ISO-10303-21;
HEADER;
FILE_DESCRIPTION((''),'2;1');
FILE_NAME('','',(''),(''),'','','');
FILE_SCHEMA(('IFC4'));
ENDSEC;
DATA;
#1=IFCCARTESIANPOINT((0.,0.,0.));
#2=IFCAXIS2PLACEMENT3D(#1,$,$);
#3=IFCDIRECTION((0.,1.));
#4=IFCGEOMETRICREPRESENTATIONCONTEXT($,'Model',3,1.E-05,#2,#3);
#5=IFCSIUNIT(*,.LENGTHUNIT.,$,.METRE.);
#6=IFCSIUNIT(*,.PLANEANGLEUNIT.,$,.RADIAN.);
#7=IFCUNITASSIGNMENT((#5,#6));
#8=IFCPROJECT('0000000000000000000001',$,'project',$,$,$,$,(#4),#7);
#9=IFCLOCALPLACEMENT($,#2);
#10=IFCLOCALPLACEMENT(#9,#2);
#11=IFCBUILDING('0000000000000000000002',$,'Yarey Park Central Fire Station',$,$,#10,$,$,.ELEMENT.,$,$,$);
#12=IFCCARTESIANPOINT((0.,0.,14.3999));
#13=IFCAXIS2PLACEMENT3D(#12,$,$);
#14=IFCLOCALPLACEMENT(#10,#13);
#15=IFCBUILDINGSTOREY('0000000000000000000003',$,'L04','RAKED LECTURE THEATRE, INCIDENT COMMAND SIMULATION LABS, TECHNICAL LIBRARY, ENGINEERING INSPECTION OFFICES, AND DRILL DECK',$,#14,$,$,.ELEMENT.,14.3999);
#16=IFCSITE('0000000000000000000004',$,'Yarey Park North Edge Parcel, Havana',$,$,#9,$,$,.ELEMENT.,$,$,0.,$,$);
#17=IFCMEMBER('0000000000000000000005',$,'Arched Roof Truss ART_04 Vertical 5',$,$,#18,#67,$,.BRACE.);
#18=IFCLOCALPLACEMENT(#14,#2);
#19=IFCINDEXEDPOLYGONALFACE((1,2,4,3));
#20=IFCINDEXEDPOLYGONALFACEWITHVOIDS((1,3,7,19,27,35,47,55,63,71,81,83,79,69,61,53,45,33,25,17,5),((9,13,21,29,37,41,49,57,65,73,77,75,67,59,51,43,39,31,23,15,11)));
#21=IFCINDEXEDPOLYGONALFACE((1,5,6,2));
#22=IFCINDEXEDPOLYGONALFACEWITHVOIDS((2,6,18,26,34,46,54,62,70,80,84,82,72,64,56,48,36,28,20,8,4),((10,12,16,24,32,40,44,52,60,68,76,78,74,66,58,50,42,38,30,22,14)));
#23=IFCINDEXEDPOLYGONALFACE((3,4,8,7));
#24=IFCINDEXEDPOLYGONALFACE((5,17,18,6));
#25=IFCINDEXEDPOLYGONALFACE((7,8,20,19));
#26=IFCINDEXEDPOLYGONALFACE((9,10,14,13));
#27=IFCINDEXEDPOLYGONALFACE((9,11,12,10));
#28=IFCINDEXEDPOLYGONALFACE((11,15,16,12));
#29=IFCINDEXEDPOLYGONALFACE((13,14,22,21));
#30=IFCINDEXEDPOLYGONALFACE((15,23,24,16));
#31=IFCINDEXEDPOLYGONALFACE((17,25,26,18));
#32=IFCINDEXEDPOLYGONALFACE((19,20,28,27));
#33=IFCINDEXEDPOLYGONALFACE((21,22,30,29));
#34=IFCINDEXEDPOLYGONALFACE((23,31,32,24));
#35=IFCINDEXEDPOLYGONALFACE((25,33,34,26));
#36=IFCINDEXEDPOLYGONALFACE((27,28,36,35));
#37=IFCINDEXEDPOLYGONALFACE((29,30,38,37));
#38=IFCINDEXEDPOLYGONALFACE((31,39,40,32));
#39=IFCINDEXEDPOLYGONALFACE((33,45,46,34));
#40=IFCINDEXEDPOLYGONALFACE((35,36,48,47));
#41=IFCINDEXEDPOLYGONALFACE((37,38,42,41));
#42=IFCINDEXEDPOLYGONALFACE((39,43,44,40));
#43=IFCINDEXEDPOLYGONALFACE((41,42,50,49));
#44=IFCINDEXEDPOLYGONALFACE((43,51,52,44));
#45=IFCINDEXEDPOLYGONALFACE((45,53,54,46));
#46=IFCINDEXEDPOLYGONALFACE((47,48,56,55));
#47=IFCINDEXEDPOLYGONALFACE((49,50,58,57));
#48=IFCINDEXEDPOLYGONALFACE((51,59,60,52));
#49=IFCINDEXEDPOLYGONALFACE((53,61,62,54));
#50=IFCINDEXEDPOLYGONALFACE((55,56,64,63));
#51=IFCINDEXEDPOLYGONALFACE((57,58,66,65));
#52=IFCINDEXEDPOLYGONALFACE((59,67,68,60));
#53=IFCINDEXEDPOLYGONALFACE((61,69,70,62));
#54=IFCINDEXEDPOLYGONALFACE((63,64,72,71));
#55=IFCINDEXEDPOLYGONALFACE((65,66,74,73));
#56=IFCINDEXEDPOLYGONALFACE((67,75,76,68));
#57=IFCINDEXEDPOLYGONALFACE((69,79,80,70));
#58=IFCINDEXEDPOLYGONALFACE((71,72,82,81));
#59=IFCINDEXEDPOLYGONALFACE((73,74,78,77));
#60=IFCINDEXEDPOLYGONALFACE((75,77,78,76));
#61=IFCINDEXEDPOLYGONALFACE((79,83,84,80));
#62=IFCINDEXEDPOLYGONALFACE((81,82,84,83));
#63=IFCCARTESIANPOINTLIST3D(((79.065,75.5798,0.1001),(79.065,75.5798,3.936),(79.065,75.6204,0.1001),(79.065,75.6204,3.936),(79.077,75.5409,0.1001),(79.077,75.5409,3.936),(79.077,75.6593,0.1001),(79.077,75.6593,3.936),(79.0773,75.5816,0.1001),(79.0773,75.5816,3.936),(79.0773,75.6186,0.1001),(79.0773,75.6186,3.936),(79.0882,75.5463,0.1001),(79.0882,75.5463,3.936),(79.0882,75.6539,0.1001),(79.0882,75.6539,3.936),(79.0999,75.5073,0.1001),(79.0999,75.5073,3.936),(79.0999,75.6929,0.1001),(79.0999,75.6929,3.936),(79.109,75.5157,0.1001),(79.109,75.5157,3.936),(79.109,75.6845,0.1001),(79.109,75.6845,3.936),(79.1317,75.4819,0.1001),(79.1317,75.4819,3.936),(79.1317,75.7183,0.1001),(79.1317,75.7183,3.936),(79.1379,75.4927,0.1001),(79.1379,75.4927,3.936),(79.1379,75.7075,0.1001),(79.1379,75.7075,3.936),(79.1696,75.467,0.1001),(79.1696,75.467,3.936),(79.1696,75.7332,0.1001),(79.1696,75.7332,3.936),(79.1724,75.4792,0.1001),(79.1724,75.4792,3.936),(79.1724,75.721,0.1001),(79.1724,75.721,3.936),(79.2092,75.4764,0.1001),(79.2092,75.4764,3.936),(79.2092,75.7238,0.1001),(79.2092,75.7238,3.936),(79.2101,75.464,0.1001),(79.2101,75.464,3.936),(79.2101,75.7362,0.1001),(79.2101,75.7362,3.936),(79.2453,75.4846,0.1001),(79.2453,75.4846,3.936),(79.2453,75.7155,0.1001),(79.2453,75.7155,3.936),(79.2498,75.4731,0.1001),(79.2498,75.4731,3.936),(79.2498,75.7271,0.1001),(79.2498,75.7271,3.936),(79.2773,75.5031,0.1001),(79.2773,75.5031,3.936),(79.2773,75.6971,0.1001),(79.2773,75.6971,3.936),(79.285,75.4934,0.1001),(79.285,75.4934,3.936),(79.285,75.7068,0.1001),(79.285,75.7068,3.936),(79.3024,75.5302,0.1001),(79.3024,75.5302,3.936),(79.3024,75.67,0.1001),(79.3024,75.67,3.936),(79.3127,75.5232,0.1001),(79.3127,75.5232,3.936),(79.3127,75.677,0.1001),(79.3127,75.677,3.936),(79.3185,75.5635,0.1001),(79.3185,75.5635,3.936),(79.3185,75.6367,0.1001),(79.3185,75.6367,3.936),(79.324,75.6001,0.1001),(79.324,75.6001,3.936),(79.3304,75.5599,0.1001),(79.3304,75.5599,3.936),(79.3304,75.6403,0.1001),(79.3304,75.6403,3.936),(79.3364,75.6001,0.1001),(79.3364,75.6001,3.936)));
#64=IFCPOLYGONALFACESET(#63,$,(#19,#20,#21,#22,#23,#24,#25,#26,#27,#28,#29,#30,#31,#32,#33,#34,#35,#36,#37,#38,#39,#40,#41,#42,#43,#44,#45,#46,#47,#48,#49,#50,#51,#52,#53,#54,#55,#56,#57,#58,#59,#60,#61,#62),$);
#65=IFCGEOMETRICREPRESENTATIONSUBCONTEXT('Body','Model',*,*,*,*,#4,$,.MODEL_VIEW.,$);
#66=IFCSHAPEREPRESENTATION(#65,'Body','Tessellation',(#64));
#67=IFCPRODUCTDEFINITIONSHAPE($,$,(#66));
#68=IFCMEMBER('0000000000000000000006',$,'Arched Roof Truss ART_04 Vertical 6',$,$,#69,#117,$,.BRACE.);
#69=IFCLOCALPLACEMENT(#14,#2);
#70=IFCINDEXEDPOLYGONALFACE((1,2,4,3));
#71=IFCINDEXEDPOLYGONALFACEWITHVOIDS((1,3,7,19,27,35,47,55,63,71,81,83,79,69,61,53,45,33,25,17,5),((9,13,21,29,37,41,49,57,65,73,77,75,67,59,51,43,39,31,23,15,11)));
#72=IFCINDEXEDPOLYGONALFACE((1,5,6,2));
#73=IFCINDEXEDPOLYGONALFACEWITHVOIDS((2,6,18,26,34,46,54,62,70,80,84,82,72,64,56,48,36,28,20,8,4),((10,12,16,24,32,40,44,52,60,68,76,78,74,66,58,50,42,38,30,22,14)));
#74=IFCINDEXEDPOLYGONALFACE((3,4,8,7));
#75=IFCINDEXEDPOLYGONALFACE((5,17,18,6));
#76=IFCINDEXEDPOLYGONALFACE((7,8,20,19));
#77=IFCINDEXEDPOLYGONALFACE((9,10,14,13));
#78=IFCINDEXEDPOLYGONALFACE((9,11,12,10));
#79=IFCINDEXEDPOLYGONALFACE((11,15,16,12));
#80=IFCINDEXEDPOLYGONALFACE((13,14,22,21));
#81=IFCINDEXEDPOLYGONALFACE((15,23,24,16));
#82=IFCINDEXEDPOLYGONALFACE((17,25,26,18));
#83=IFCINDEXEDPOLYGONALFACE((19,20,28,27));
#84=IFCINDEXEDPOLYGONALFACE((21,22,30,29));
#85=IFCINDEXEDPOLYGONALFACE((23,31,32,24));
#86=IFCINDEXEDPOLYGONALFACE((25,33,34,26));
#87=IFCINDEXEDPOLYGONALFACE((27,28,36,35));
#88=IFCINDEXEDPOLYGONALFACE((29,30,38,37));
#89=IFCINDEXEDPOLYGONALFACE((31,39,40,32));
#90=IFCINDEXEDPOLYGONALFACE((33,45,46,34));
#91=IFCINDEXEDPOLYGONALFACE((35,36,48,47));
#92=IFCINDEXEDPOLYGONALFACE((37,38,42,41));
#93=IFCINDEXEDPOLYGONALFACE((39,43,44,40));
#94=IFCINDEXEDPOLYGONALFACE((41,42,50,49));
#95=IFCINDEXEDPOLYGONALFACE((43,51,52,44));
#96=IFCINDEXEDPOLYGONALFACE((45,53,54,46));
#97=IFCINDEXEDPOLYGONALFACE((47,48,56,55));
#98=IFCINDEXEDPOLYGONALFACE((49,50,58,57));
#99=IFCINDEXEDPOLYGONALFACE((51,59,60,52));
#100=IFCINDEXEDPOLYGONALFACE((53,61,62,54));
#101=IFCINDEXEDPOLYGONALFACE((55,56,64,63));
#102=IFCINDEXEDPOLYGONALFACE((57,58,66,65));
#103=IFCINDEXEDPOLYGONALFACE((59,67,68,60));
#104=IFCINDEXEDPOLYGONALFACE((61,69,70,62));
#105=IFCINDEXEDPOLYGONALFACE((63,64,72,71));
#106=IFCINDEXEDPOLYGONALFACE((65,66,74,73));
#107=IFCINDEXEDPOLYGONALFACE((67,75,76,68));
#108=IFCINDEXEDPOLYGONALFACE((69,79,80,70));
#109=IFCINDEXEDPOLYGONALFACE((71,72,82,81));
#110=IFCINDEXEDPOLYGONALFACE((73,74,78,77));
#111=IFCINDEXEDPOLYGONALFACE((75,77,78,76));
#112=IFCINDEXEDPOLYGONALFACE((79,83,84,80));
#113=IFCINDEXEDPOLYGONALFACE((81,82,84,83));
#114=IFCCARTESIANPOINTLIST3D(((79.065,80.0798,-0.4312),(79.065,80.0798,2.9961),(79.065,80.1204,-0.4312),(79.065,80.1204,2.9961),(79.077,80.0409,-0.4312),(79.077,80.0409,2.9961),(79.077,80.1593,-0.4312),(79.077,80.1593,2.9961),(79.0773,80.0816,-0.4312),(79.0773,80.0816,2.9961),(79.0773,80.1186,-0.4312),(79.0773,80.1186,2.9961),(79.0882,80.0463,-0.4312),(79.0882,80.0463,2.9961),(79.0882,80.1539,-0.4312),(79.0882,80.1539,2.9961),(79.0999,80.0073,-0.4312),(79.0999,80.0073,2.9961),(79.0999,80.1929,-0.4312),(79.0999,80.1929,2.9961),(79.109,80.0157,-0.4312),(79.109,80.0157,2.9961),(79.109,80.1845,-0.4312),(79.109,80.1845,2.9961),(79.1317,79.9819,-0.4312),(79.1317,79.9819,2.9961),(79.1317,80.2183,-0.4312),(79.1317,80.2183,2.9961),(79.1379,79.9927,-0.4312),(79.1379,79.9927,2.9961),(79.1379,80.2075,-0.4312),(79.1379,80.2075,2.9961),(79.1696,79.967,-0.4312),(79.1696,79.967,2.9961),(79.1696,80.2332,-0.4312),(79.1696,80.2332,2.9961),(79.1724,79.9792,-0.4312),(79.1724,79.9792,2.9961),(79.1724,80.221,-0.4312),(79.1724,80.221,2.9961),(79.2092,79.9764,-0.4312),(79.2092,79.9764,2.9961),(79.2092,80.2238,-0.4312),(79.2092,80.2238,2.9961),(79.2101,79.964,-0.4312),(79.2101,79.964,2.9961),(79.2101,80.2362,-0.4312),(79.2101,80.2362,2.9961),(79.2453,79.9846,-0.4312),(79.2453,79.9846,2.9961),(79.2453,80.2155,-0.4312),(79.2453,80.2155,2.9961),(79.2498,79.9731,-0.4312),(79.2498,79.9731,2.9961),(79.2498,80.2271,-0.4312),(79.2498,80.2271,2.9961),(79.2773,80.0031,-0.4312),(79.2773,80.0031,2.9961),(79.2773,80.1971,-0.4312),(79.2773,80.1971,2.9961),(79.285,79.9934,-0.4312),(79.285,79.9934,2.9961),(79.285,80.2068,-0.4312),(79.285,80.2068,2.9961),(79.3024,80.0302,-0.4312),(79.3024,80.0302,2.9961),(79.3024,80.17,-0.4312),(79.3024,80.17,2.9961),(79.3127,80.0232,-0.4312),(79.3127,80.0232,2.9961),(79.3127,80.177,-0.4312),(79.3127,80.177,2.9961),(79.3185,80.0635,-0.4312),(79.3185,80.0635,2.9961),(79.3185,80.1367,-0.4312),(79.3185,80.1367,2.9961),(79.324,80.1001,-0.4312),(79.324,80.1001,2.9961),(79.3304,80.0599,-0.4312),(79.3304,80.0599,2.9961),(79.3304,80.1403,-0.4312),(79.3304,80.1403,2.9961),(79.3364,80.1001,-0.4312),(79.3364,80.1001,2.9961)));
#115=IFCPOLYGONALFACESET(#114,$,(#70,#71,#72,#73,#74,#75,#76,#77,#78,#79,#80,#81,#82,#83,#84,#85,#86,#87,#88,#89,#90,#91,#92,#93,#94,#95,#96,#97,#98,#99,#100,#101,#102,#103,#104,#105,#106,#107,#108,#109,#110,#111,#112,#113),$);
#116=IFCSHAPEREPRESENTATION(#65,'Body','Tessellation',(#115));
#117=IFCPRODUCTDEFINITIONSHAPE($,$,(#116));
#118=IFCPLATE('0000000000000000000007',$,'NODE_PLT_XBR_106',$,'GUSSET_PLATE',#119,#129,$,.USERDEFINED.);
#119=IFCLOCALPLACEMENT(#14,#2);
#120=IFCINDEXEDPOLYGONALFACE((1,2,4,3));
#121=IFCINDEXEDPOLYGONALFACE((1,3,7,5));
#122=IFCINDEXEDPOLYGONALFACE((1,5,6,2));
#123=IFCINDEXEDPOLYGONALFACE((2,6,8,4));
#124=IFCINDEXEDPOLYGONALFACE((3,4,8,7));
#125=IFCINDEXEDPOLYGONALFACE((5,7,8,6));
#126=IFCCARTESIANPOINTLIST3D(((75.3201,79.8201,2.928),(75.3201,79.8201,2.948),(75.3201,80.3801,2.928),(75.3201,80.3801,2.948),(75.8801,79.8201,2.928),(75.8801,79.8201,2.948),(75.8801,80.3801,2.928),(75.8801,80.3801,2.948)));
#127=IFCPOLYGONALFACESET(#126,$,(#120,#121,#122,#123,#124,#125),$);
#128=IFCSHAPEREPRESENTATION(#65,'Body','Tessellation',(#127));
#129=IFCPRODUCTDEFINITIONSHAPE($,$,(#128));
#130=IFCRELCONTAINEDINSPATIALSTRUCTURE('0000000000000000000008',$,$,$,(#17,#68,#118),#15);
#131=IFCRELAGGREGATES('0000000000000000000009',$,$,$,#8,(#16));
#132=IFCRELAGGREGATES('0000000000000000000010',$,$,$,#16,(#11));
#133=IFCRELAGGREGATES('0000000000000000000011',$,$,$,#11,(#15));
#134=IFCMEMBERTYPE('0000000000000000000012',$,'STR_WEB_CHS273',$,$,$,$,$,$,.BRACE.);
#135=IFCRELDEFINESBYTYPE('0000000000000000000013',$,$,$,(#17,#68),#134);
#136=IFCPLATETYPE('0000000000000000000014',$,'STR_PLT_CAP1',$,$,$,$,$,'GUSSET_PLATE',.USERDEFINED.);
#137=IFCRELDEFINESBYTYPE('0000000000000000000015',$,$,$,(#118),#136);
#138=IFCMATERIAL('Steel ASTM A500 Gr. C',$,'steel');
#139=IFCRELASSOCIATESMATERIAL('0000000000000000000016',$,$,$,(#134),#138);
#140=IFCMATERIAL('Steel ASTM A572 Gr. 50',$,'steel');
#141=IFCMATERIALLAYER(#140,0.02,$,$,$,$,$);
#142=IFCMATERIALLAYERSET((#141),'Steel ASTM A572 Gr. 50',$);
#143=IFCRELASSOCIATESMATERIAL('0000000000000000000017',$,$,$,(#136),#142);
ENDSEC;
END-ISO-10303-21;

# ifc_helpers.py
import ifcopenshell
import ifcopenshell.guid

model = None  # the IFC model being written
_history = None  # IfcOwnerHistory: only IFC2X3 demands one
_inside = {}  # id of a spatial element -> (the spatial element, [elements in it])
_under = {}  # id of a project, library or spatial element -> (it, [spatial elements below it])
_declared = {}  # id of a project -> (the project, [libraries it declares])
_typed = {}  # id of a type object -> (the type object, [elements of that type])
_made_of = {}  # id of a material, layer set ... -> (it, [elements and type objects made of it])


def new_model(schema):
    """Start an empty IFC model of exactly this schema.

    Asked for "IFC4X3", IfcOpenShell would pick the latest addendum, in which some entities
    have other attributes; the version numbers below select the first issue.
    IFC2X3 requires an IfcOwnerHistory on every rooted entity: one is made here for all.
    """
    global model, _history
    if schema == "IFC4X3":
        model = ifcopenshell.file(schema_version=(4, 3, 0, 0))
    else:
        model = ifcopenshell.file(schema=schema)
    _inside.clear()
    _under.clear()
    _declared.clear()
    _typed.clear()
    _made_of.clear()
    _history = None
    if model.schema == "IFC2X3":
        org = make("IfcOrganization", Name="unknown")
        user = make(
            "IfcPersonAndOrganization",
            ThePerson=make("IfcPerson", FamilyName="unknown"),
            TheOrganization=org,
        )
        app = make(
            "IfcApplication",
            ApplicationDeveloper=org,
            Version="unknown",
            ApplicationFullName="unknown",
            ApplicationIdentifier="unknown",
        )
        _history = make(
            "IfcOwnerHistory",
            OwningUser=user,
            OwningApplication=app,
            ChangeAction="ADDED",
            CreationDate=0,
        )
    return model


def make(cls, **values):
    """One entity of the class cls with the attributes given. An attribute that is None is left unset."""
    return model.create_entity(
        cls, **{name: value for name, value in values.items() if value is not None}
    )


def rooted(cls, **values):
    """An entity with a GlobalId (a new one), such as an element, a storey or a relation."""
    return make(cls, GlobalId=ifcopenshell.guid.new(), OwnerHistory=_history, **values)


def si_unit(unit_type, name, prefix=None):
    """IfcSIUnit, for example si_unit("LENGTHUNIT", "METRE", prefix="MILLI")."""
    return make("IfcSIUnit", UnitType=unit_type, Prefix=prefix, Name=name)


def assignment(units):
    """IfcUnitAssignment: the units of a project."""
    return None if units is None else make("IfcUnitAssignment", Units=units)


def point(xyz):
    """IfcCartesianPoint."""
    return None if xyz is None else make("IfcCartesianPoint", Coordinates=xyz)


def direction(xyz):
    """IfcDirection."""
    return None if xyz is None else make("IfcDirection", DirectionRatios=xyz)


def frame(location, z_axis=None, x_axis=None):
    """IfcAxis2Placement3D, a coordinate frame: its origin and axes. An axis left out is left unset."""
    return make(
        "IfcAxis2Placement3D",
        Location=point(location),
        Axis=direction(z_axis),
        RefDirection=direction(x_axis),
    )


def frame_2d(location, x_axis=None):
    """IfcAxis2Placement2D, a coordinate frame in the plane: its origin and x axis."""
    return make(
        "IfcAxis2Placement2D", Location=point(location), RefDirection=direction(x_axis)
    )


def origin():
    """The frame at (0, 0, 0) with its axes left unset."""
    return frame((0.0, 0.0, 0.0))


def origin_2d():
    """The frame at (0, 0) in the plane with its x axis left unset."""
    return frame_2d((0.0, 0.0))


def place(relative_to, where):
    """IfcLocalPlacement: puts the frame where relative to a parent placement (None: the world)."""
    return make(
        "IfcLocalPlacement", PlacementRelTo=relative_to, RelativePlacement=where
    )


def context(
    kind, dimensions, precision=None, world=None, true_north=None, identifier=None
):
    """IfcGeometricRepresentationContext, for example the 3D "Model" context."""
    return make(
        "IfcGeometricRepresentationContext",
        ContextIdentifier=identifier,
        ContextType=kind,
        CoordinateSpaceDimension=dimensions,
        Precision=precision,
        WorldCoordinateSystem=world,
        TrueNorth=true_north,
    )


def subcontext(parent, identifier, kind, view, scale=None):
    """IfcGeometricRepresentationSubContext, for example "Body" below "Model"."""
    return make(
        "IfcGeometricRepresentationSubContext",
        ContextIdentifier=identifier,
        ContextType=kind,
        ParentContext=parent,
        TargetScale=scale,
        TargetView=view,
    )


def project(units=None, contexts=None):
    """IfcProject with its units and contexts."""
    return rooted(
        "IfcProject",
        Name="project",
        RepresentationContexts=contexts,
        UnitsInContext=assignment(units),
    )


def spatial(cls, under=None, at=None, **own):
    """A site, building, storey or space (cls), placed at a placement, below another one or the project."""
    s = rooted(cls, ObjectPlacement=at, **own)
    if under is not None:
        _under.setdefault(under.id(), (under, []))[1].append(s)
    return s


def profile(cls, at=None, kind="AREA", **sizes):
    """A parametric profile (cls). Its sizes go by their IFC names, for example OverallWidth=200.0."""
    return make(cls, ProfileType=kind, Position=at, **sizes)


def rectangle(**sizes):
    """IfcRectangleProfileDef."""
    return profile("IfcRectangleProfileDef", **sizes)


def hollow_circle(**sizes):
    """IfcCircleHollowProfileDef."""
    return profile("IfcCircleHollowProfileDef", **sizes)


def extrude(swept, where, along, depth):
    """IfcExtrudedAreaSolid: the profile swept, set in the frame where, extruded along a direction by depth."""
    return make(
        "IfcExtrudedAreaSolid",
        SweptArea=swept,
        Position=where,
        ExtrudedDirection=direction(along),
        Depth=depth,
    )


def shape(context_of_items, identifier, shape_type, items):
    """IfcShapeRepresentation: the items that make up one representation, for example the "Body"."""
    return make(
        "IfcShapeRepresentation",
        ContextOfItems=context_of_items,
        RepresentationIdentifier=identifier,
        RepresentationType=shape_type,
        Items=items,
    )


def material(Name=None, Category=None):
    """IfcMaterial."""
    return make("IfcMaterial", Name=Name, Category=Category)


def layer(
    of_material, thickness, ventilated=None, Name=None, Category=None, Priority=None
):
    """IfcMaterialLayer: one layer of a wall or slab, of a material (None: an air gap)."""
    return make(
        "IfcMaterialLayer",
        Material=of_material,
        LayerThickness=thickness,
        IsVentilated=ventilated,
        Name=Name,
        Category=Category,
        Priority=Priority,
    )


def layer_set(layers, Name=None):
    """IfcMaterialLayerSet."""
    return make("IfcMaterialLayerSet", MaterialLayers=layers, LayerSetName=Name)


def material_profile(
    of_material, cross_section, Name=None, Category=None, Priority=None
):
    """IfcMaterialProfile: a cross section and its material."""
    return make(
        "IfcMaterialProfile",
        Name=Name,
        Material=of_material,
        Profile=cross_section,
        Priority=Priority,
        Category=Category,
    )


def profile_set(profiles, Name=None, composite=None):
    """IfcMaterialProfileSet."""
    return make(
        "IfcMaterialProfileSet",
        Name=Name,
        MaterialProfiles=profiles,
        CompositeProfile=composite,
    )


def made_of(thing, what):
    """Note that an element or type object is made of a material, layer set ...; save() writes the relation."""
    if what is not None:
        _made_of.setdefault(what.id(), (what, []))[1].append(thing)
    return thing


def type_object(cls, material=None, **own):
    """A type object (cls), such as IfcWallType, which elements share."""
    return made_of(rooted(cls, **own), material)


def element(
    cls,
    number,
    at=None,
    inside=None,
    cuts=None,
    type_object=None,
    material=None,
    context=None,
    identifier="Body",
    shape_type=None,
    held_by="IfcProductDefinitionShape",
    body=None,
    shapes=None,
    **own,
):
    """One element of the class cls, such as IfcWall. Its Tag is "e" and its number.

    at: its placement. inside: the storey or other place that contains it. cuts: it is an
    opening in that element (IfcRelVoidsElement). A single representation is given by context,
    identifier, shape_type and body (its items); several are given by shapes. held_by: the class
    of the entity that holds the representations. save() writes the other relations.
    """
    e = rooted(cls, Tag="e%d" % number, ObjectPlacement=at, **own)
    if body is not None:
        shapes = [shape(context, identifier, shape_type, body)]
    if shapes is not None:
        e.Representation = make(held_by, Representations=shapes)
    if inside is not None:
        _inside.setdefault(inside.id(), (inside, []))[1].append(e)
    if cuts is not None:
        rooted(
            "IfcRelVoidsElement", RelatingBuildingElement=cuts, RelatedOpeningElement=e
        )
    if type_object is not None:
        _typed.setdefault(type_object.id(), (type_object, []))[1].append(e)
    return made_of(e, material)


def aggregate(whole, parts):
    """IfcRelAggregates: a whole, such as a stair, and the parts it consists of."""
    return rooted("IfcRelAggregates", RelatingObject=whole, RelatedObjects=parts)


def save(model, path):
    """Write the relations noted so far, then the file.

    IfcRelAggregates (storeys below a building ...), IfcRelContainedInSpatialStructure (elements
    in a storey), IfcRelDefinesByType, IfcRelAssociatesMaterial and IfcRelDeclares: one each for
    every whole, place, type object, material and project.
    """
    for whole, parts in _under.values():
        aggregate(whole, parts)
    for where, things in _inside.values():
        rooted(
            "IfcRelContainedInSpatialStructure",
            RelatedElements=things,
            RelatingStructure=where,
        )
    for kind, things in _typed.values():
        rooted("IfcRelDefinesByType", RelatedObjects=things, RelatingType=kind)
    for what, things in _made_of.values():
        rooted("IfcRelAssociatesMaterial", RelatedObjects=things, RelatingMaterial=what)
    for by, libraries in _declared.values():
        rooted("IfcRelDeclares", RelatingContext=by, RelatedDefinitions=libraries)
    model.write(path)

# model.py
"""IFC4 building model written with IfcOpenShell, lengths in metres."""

from ifc_helpers import new_model, si_unit, direction, frame, origin, origin_2d, place, context, subcontext, project, spatial, rectangle, hollow_circle, extrude, material, layer, layer_set, material_profile, profile_set, type_object, element, save


model = new_model("IFC4")

# Units and contexts
model_context = context("Model", 3, precision=1e-05, world=origin(), true_north=direction((0.0, 1.0)))
body_context = subcontext(model_context, "Body", "Model", "MODEL_VIEW")
ifc_project = project(units=[si_unit("LENGTHUNIT", "METRE"), si_unit("PLANEANGLEUNIT", "RADIAN")], contexts=[model_context])

# Site, building, storey
site_placement = place(None, origin())
site = spatial("IfcSite", under=ifc_project, at=site_placement, Name="Yarey Park North Edge Parcel, Havana", CompositionType="ELEMENT", RefElevation=0.0)
building_placement = place(site_placement, origin())
building = spatial("IfcBuilding", under=site, at=building_placement, Name="Yarey Park Central Fire Station", CompositionType="ELEMENT")
storey_placement = place(building_placement, frame((0.0, 0.0, 14.3999)))
storey = spatial("IfcBuildingStorey", under=building, at=storey_placement, Name="L04", Description="RAKED LECTURE THEATRE, INCIDENT COMMAND SIMULATION LABS, TECHNICAL LIBRARY, ENGINEERING INSPECTION OFFICES, AND DRILL DECK", CompositionType="ELEMENT", Elevation=14.3999)

# Members
ifc_material_1 = material(Name="Steel ASTM A500 Gr. C", Category="steel")
ifc_material_profile_1 = material_profile(ifc_material_1, hollow_circle(Radius=0.1365, WallThickness=0.0125, at=origin_2d()), Name="CHS 273x12.5")
ifc_profile_set_1 = profile_set([ifc_material_profile_1], Name="Steel ASTM A500 Gr. C")
member_type_1 = type_object("IfcMemberType", Name="STR_WEB_CHS273", PredefinedType="BRACE", material=ifc_profile_set_1)
member_1_placement = place(storey_placement, frame((79.2, 75.6001, 0.1001), z_axis=(0.0, 0.0, 1.0), x_axis=(1.0, 0.0, 0.0)))
element("IfcMember", 1, at=member_1_placement, inside=storey, type_object=member_type_1, Name="Arched Roof Truss ART_04 Vertical 5", PredefinedType="BRACE", context=body_context, shape_type="SweptSolid", body=[
    extrude(hollow_circle(Radius=0.1365, WallThickness=0.0125, at=origin_2d()), origin(), (0.0, 0.0, 1.0), 3.8359),
])
member_2_placement = place(storey_placement, frame((79.2, 80.1001, -0.4312), z_axis=(0.0, 0.0, 1.0), x_axis=(1.0, 0.0, 0.0)))
element("IfcMember", 2, at=member_2_placement, inside=storey, type_object=member_type_1, Name="Arched Roof Truss ART_04 Vertical 6", PredefinedType="BRACE", context=body_context, shape_type="SweptSolid", body=[
    extrude(hollow_circle(Radius=0.1365, WallThickness=0.0125, at=origin_2d()), origin(), (0.0, 0.0, 1.0), 3.4272),
])

# Plate
ifc_material_2 = material(Name="Steel ASTM A572 Gr. 50", Category="steel")
ifc_layer = layer(ifc_material_2, 0.02)
ifc_layer_set = layer_set([ifc_layer], Name="Steel ASTM A572 Gr. 50")
plate_type = type_object("IfcPlateType", Name="STR_PLT_CAP1", ElementType="GUSSET_PLATE", PredefinedType="USERDEFINED", material=ifc_layer_set)
plate_placement = place(storey_placement, frame((75.6001, 80.1001, 2.928), z_axis=(0.0, 0.0, 1.0), x_axis=(1.0, 0.0, 0.0)))
element("IfcPlate", 3, at=plate_placement, inside=storey, type_object=plate_type, Name="NODE_PLT_XBR_106", ObjectType="GUSSET_PLATE", PredefinedType="USERDEFINED", context=body_context, shape_type="SweptSolid", body=[
    extrude(rectangle(XDim=0.5601, YDim=0.5601, at=origin_2d()), origin(), (0.0, 0.0, 1.0), 0.02),
])

save(model, "model.ifc")
